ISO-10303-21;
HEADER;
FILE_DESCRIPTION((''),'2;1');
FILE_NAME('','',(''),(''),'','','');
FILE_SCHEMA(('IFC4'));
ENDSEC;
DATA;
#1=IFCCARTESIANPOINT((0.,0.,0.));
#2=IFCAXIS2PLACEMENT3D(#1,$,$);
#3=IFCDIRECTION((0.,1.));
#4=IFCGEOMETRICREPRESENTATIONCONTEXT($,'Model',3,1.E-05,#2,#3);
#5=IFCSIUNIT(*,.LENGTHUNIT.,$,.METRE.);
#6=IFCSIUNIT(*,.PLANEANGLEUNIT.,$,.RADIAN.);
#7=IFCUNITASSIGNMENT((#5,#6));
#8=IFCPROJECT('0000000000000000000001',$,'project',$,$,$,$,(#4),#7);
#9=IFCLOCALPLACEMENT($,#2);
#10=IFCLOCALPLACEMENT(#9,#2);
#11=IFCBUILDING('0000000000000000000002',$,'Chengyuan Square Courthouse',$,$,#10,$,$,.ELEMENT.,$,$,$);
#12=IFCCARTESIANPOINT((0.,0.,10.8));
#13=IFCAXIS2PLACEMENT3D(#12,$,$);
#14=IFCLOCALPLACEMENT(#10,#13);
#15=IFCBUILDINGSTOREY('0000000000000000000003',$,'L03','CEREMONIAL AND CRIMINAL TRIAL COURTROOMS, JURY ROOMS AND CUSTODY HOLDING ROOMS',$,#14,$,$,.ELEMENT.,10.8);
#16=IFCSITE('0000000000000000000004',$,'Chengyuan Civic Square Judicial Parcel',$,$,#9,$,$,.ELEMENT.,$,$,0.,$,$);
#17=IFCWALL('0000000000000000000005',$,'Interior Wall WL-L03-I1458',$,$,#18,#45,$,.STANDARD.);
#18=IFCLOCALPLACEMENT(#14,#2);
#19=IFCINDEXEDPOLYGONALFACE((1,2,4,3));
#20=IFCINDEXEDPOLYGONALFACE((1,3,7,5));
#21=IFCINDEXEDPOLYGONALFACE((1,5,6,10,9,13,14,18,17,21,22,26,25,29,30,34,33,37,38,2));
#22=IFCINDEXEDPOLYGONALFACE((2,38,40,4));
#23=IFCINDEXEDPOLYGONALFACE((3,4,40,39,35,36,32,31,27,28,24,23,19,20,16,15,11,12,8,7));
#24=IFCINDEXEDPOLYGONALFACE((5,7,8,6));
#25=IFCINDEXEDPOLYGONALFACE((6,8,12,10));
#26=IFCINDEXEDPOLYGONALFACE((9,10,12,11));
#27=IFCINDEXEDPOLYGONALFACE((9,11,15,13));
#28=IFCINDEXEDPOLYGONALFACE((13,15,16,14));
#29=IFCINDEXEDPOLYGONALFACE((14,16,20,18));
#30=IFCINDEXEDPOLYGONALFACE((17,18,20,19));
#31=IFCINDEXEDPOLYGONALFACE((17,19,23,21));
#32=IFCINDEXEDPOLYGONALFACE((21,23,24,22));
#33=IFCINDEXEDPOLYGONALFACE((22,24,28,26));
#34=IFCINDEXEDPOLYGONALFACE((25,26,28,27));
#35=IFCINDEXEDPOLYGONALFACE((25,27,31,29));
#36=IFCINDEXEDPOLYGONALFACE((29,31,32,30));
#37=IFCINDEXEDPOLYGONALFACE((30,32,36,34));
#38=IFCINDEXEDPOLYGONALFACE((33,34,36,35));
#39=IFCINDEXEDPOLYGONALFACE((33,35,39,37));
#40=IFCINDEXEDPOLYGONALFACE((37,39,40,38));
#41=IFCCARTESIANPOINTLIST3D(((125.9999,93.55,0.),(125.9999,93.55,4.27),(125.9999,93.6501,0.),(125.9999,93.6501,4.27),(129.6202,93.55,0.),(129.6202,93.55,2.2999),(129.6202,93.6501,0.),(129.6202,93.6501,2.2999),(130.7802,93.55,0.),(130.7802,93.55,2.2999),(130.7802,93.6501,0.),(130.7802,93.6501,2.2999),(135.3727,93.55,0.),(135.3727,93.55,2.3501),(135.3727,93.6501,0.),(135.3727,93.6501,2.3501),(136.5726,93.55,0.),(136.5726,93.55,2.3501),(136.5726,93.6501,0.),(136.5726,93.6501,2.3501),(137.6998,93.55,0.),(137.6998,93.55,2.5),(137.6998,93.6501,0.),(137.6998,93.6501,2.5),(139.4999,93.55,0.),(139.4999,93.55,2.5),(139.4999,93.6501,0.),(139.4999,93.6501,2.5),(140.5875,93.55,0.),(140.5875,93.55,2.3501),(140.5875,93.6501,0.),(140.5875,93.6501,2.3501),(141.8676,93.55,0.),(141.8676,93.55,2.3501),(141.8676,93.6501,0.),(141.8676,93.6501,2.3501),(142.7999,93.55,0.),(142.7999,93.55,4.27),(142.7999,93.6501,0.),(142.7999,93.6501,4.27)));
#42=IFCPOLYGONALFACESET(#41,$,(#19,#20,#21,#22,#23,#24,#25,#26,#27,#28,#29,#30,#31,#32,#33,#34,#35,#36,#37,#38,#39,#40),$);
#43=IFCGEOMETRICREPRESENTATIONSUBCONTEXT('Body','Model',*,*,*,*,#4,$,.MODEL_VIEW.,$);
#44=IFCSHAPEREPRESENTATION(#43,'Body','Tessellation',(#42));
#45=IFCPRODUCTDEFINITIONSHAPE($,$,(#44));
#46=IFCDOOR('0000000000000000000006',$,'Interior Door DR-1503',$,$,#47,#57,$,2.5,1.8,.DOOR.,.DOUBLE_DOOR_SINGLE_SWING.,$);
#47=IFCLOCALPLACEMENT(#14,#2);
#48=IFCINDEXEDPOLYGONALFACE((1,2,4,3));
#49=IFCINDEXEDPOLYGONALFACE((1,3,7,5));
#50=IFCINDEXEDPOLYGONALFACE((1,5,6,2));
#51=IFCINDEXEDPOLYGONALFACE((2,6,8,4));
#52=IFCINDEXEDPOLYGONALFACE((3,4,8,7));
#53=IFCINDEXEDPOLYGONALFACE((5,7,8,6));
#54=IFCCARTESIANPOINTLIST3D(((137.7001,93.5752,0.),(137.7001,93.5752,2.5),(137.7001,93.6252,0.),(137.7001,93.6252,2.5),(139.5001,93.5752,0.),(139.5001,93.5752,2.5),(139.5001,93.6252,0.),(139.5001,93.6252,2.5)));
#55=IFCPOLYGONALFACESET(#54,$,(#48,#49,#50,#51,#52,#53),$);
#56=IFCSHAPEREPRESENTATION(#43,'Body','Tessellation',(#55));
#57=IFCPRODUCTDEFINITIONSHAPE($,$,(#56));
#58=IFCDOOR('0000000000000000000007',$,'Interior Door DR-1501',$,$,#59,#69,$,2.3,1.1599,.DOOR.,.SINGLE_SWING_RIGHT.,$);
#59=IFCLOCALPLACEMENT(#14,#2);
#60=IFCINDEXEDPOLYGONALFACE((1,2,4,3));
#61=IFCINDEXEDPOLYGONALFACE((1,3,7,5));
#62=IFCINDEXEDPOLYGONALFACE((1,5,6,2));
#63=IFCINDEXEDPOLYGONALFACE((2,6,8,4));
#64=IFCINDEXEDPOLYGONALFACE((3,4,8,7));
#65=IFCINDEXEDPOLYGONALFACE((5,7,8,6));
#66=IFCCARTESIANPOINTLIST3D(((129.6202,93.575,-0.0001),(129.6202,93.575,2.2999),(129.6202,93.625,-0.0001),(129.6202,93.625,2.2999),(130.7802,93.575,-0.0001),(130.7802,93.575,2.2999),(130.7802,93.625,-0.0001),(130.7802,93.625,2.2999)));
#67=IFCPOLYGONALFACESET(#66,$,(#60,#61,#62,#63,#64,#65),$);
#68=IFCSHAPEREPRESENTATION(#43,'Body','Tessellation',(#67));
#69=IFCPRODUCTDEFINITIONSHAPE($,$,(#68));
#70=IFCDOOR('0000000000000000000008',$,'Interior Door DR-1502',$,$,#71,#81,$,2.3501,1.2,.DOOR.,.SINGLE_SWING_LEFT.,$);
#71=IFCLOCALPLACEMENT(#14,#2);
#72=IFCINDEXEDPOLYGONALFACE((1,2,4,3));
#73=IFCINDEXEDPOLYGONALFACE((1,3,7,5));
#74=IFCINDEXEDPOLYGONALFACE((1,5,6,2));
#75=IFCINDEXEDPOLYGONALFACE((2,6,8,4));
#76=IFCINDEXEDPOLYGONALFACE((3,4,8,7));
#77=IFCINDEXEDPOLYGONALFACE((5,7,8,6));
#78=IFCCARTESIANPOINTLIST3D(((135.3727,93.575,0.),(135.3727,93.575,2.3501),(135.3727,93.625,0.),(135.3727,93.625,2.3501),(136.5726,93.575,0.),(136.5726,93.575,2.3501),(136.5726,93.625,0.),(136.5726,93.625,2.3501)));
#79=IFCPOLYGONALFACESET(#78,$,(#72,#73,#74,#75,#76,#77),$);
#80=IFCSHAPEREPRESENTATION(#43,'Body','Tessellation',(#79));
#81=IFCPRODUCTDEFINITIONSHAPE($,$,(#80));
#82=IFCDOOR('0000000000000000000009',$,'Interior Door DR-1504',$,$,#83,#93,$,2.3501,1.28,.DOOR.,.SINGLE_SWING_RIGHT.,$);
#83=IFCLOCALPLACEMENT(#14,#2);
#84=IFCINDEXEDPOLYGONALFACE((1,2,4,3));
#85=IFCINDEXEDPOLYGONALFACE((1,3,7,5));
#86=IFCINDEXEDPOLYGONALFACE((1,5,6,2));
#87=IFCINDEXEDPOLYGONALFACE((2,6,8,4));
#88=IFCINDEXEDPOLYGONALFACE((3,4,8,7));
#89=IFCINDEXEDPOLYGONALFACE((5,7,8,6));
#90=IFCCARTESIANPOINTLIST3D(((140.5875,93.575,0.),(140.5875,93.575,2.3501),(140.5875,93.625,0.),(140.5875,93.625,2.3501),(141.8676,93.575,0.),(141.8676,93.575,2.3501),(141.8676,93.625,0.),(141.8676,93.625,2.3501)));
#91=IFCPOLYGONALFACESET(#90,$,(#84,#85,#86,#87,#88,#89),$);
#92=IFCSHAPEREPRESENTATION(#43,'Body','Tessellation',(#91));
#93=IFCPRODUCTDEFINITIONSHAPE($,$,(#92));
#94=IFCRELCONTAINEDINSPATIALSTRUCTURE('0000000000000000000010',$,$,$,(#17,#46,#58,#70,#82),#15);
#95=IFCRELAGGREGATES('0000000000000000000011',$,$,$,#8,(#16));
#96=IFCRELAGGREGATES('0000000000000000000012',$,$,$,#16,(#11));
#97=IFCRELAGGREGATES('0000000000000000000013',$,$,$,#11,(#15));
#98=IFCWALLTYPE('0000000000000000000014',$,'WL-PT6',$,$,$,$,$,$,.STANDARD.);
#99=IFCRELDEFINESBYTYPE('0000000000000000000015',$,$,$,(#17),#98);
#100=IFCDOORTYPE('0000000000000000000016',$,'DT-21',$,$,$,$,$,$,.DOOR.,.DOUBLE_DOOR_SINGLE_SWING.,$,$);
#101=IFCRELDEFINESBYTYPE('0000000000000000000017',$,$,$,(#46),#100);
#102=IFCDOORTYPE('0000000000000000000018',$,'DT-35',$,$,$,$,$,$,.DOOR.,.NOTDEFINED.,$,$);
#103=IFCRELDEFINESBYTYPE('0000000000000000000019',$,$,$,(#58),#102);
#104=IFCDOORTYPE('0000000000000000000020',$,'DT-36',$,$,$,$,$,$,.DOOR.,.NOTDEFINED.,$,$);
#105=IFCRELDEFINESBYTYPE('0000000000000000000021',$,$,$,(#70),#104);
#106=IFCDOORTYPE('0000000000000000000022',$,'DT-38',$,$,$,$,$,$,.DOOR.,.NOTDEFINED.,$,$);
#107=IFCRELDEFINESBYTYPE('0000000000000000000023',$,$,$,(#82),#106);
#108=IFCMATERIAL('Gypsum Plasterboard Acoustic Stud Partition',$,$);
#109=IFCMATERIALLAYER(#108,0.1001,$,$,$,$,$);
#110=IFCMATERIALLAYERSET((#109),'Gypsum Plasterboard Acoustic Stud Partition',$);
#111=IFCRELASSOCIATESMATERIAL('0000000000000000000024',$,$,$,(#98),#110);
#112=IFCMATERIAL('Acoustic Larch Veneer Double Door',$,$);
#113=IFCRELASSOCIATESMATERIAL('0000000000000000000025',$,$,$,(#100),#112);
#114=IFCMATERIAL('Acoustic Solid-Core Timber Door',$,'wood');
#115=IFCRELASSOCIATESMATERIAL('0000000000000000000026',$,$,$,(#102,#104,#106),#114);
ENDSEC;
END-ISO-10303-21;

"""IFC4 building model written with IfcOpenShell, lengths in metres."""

from ifc_helpers import new_model, si_unit, direction, frame, frame_2d, origin, place, context, subcontext, project, spatial, rectangle, extrude, material, layer, layer_set, type_object, element, fill, save


model = new_model("IFC4")

# Units and contexts
model_context = context("Model", 3, precision=1e-05, world=origin(), true_north=direction((0.0, 1.0)))
body_context = subcontext(model_context, "Body", "Model", "MODEL_VIEW")
ifc_project = project(units=[si_unit("LENGTHUNIT", "METRE"), si_unit("PLANEANGLEUNIT", "RADIAN")], contexts=[model_context])

# Site, building, storey
site_placement = place(None, origin())
site = spatial("IfcSite", under=ifc_project, at=site_placement, Name="Chengyuan Civic Square Judicial Parcel", CompositionType="ELEMENT", RefElevation=0.0)
building_placement = place(site_placement, origin())
building = spatial("IfcBuilding", under=site, at=building_placement, Name="Chengyuan Square Courthouse", CompositionType="ELEMENT")
storey_placement = place(building_placement, frame((0.0, 0.0, 10.8)))
storey = spatial("IfcBuildingStorey", under=building, at=storey_placement, Name="L03", Description="CEREMONIAL AND CRIMINAL TRIAL COURTROOMS, JURY ROOMS AND CUSTODY HOLDING ROOMS", CompositionType="ELEMENT", Elevation=10.8)

# Wall, openings, doors
ifc_material_1 = material(Name="Gypsum Plasterboard Acoustic Stud Partition")
ifc_layer_1 = layer(ifc_material_1, 0.1001)
ifc_layer_set_1 = layer_set([ifc_layer_1], Name="Gypsum Plasterboard Acoustic Stud Partition")
wall_type_1 = type_object("IfcWallType", Name="WL-PT6", PredefinedType="STANDARD", material=ifc_layer_set_1)
wall_1_placement = place(storey_placement, frame((126.0, 93.6001, 0.0), z_axis=(0.0, 0.0, 1.0), x_axis=(1.0, 0.0, 0.0)))
wall_1 = element("IfcWall", 1, at=wall_1_placement, inside=storey, type_object=wall_type_1, Name="Interior Wall WL-L03-I1458", PredefinedType="STANDARD", context=body_context, shape_type="SweptSolid", body=[
    extrude(rectangle(XDim=16.8, YDim=0.1001, at=frame_2d((8.3999, 0.0))), origin(), (0.0, 0.0, 1.0), 4.27),
])
opening_1_placement = place(wall_1_placement, frame((3.6201, 0.0, 0.0)))
opening_1 = element("IfcOpeningElement", 2, at=opening_1_placement, cuts=wall_1, PredefinedType="OPENING", context=body_context, shape_type="SweptSolid", body=[
    extrude(rectangle(XDim=1.1599, YDim=2.3, at=frame_2d((0.5801, 1.1499))), frame((0.0, 0.062, 0.0), z_axis=(0.0, -1.0, 0.0), x_axis=(1.0, 0.0, 0.0)), (0.0, 0.0, 1.0), 0.124),
])
opening_2_placement = place(wall_1_placement, frame((9.3726, 0.0, 0.0)))
opening_2 = element("IfcOpeningElement", 3, at=opening_2_placement, cuts=wall_1, PredefinedType="OPENING", context=body_context, shape_type="SweptSolid", body=[
    extrude(rectangle(XDim=1.2, YDim=2.3501, at=frame_2d((0.6001, 1.175))), frame((0.0, 0.062, 0.0), z_axis=(0.0, -1.0, 0.0), x_axis=(1.0, 0.0, 0.0)), (0.0, 0.0, 1.0), 0.124),
])
opening_3_placement = place(wall_1_placement, frame((11.7, 0.0, 0.0)))
opening_3 = element("IfcOpeningElement", 4, at=opening_3_placement, cuts=wall_1, PredefinedType="OPENING", context=body_context, shape_type="SweptSolid", body=[
    extrude(rectangle(XDim=1.8, YDim=2.5, at=frame_2d((0.8999, 1.25))), frame((0.0, 0.062, 0.0), z_axis=(0.0, -1.0, 0.0), x_axis=(1.0, 0.0, 0.0)), (0.0, 0.0, 1.0), 0.124),
])
opening_4_placement = place(wall_1_placement, frame((14.5874, 0.0, 0.0)))
opening_4 = element("IfcOpeningElement", 5, at=opening_4_placement, cuts=wall_1, PredefinedType="OPENING", context=body_context, shape_type="SweptSolid", body=[
    extrude(rectangle(XDim=1.28, YDim=2.3501, at=frame_2d((0.6401, 1.175))), frame((0.0, 0.062, 0.0), z_axis=(0.0, -1.0, 0.0), x_axis=(1.0, 0.0, 0.0)), (0.0, 0.0, 1.0), 0.124),
])
ifc_material_2 = material(Name="Acoustic Larch Veneer Double Door")
door_type_1 = type_object("IfcDoorType", Name="DT-21", OperationType="DOUBLE_DOOR_SINGLE_SWING", PredefinedType="DOOR", material=ifc_material_2)
door_1_placement = place(opening_3_placement, frame((1.8, 0.0, 0.0), z_axis=(0.0, 0.0, 1.0), x_axis=(-1.0, 0.0, 0.0)))
door_1 = element("IfcDoor", 6, at=door_1_placement, inside=storey, type_object=door_type_1, Name="Interior Door DR-1503", OperationType="DOUBLE_DOOR_SINGLE_SWING", OverallHeight=2.5, OverallWidth=1.8, PredefinedType="DOOR", context=body_context, shape_type="SweptSolid", body=[
    extrude(rectangle(XDim=1.8, YDim=2.5, at=frame_2d((0.8999, 1.25))), frame((0.0, 0.0249, 0.0), z_axis=(0.0, -1.0, 0.0), x_axis=(1.0, 0.0, 0.0)), (0.0, 0.0, 1.0), 0.05),
])
fill(opening_3, door_1)
ifc_material_3 = material(Name="Acoustic Solid-Core Timber Door", Category="wood")
door_type_2 = type_object("IfcDoorType", Name="DT-35", OperationType="NOTDEFINED", PredefinedType="DOOR", material=ifc_material_3)
door_2_placement = place(opening_1_placement, origin())
door_2 = element("IfcDoor", 7, at=door_2_placement, inside=storey, type_object=door_type_2, Name="Interior Door DR-1501", OperationType="SINGLE_SWING_RIGHT", OverallHeight=2.3, OverallWidth=1.1599, PredefinedType="DOOR", context=body_context, shape_type="SweptSolid", body=[
    extrude(rectangle(XDim=1.1599, YDim=2.3, at=frame_2d((0.5801, 1.1499))), frame((0.0, 0.0249, 0.0), z_axis=(0.0, -1.0, 0.0), x_axis=(1.0, 0.0, 0.0)), (0.0, 0.0, 1.0), 0.05),
])
fill(opening_1, door_2)
door_type_3 = type_object("IfcDoorType", Name="DT-36", OperationType="NOTDEFINED", PredefinedType="DOOR", material=ifc_material_3)
door_3_placement = place(opening_2_placement, origin())
door_3 = element("IfcDoor", 8, at=door_3_placement, inside=storey, type_object=door_type_3, Name="Interior Door DR-1502", OperationType="SINGLE_SWING_LEFT", OverallHeight=2.3501, OverallWidth=1.2, PredefinedType="DOOR", context=body_context, shape_type="SweptSolid", body=[
    extrude(rectangle(XDim=1.2, YDim=2.3501, at=frame_2d((0.6001, 1.175))), frame((0.0, 0.0249, 0.0), z_axis=(0.0, -1.0, 0.0), x_axis=(1.0, 0.0, 0.0)), (0.0, 0.0, 1.0), 0.05),
])
fill(opening_2, door_3)
door_type_4 = type_object("IfcDoorType", Name="DT-38", OperationType="NOTDEFINED", PredefinedType="DOOR", material=ifc_material_3)
door_4_placement = place(opening_4_placement, origin())
door_4 = element("IfcDoor", 9, at=door_4_placement, inside=storey, type_object=door_type_4, Name="Interior Door DR-1504", OperationType="SINGLE_SWING_RIGHT", OverallHeight=2.3501, OverallWidth=1.28, PredefinedType="DOOR", context=body_context, shape_type="SweptSolid", body=[
    extrude(rectangle(XDim=1.28, YDim=2.3501, at=frame_2d((0.6401, 1.175))), frame((0.0, 0.0249, 0.0), z_axis=(0.0, -1.0, 0.0), x_axis=(1.0, 0.0, 0.0)), (0.0, 0.0, 1.0), 0.05),
])
fill(opening_4, door_4)

save(model, "model.ifc")
